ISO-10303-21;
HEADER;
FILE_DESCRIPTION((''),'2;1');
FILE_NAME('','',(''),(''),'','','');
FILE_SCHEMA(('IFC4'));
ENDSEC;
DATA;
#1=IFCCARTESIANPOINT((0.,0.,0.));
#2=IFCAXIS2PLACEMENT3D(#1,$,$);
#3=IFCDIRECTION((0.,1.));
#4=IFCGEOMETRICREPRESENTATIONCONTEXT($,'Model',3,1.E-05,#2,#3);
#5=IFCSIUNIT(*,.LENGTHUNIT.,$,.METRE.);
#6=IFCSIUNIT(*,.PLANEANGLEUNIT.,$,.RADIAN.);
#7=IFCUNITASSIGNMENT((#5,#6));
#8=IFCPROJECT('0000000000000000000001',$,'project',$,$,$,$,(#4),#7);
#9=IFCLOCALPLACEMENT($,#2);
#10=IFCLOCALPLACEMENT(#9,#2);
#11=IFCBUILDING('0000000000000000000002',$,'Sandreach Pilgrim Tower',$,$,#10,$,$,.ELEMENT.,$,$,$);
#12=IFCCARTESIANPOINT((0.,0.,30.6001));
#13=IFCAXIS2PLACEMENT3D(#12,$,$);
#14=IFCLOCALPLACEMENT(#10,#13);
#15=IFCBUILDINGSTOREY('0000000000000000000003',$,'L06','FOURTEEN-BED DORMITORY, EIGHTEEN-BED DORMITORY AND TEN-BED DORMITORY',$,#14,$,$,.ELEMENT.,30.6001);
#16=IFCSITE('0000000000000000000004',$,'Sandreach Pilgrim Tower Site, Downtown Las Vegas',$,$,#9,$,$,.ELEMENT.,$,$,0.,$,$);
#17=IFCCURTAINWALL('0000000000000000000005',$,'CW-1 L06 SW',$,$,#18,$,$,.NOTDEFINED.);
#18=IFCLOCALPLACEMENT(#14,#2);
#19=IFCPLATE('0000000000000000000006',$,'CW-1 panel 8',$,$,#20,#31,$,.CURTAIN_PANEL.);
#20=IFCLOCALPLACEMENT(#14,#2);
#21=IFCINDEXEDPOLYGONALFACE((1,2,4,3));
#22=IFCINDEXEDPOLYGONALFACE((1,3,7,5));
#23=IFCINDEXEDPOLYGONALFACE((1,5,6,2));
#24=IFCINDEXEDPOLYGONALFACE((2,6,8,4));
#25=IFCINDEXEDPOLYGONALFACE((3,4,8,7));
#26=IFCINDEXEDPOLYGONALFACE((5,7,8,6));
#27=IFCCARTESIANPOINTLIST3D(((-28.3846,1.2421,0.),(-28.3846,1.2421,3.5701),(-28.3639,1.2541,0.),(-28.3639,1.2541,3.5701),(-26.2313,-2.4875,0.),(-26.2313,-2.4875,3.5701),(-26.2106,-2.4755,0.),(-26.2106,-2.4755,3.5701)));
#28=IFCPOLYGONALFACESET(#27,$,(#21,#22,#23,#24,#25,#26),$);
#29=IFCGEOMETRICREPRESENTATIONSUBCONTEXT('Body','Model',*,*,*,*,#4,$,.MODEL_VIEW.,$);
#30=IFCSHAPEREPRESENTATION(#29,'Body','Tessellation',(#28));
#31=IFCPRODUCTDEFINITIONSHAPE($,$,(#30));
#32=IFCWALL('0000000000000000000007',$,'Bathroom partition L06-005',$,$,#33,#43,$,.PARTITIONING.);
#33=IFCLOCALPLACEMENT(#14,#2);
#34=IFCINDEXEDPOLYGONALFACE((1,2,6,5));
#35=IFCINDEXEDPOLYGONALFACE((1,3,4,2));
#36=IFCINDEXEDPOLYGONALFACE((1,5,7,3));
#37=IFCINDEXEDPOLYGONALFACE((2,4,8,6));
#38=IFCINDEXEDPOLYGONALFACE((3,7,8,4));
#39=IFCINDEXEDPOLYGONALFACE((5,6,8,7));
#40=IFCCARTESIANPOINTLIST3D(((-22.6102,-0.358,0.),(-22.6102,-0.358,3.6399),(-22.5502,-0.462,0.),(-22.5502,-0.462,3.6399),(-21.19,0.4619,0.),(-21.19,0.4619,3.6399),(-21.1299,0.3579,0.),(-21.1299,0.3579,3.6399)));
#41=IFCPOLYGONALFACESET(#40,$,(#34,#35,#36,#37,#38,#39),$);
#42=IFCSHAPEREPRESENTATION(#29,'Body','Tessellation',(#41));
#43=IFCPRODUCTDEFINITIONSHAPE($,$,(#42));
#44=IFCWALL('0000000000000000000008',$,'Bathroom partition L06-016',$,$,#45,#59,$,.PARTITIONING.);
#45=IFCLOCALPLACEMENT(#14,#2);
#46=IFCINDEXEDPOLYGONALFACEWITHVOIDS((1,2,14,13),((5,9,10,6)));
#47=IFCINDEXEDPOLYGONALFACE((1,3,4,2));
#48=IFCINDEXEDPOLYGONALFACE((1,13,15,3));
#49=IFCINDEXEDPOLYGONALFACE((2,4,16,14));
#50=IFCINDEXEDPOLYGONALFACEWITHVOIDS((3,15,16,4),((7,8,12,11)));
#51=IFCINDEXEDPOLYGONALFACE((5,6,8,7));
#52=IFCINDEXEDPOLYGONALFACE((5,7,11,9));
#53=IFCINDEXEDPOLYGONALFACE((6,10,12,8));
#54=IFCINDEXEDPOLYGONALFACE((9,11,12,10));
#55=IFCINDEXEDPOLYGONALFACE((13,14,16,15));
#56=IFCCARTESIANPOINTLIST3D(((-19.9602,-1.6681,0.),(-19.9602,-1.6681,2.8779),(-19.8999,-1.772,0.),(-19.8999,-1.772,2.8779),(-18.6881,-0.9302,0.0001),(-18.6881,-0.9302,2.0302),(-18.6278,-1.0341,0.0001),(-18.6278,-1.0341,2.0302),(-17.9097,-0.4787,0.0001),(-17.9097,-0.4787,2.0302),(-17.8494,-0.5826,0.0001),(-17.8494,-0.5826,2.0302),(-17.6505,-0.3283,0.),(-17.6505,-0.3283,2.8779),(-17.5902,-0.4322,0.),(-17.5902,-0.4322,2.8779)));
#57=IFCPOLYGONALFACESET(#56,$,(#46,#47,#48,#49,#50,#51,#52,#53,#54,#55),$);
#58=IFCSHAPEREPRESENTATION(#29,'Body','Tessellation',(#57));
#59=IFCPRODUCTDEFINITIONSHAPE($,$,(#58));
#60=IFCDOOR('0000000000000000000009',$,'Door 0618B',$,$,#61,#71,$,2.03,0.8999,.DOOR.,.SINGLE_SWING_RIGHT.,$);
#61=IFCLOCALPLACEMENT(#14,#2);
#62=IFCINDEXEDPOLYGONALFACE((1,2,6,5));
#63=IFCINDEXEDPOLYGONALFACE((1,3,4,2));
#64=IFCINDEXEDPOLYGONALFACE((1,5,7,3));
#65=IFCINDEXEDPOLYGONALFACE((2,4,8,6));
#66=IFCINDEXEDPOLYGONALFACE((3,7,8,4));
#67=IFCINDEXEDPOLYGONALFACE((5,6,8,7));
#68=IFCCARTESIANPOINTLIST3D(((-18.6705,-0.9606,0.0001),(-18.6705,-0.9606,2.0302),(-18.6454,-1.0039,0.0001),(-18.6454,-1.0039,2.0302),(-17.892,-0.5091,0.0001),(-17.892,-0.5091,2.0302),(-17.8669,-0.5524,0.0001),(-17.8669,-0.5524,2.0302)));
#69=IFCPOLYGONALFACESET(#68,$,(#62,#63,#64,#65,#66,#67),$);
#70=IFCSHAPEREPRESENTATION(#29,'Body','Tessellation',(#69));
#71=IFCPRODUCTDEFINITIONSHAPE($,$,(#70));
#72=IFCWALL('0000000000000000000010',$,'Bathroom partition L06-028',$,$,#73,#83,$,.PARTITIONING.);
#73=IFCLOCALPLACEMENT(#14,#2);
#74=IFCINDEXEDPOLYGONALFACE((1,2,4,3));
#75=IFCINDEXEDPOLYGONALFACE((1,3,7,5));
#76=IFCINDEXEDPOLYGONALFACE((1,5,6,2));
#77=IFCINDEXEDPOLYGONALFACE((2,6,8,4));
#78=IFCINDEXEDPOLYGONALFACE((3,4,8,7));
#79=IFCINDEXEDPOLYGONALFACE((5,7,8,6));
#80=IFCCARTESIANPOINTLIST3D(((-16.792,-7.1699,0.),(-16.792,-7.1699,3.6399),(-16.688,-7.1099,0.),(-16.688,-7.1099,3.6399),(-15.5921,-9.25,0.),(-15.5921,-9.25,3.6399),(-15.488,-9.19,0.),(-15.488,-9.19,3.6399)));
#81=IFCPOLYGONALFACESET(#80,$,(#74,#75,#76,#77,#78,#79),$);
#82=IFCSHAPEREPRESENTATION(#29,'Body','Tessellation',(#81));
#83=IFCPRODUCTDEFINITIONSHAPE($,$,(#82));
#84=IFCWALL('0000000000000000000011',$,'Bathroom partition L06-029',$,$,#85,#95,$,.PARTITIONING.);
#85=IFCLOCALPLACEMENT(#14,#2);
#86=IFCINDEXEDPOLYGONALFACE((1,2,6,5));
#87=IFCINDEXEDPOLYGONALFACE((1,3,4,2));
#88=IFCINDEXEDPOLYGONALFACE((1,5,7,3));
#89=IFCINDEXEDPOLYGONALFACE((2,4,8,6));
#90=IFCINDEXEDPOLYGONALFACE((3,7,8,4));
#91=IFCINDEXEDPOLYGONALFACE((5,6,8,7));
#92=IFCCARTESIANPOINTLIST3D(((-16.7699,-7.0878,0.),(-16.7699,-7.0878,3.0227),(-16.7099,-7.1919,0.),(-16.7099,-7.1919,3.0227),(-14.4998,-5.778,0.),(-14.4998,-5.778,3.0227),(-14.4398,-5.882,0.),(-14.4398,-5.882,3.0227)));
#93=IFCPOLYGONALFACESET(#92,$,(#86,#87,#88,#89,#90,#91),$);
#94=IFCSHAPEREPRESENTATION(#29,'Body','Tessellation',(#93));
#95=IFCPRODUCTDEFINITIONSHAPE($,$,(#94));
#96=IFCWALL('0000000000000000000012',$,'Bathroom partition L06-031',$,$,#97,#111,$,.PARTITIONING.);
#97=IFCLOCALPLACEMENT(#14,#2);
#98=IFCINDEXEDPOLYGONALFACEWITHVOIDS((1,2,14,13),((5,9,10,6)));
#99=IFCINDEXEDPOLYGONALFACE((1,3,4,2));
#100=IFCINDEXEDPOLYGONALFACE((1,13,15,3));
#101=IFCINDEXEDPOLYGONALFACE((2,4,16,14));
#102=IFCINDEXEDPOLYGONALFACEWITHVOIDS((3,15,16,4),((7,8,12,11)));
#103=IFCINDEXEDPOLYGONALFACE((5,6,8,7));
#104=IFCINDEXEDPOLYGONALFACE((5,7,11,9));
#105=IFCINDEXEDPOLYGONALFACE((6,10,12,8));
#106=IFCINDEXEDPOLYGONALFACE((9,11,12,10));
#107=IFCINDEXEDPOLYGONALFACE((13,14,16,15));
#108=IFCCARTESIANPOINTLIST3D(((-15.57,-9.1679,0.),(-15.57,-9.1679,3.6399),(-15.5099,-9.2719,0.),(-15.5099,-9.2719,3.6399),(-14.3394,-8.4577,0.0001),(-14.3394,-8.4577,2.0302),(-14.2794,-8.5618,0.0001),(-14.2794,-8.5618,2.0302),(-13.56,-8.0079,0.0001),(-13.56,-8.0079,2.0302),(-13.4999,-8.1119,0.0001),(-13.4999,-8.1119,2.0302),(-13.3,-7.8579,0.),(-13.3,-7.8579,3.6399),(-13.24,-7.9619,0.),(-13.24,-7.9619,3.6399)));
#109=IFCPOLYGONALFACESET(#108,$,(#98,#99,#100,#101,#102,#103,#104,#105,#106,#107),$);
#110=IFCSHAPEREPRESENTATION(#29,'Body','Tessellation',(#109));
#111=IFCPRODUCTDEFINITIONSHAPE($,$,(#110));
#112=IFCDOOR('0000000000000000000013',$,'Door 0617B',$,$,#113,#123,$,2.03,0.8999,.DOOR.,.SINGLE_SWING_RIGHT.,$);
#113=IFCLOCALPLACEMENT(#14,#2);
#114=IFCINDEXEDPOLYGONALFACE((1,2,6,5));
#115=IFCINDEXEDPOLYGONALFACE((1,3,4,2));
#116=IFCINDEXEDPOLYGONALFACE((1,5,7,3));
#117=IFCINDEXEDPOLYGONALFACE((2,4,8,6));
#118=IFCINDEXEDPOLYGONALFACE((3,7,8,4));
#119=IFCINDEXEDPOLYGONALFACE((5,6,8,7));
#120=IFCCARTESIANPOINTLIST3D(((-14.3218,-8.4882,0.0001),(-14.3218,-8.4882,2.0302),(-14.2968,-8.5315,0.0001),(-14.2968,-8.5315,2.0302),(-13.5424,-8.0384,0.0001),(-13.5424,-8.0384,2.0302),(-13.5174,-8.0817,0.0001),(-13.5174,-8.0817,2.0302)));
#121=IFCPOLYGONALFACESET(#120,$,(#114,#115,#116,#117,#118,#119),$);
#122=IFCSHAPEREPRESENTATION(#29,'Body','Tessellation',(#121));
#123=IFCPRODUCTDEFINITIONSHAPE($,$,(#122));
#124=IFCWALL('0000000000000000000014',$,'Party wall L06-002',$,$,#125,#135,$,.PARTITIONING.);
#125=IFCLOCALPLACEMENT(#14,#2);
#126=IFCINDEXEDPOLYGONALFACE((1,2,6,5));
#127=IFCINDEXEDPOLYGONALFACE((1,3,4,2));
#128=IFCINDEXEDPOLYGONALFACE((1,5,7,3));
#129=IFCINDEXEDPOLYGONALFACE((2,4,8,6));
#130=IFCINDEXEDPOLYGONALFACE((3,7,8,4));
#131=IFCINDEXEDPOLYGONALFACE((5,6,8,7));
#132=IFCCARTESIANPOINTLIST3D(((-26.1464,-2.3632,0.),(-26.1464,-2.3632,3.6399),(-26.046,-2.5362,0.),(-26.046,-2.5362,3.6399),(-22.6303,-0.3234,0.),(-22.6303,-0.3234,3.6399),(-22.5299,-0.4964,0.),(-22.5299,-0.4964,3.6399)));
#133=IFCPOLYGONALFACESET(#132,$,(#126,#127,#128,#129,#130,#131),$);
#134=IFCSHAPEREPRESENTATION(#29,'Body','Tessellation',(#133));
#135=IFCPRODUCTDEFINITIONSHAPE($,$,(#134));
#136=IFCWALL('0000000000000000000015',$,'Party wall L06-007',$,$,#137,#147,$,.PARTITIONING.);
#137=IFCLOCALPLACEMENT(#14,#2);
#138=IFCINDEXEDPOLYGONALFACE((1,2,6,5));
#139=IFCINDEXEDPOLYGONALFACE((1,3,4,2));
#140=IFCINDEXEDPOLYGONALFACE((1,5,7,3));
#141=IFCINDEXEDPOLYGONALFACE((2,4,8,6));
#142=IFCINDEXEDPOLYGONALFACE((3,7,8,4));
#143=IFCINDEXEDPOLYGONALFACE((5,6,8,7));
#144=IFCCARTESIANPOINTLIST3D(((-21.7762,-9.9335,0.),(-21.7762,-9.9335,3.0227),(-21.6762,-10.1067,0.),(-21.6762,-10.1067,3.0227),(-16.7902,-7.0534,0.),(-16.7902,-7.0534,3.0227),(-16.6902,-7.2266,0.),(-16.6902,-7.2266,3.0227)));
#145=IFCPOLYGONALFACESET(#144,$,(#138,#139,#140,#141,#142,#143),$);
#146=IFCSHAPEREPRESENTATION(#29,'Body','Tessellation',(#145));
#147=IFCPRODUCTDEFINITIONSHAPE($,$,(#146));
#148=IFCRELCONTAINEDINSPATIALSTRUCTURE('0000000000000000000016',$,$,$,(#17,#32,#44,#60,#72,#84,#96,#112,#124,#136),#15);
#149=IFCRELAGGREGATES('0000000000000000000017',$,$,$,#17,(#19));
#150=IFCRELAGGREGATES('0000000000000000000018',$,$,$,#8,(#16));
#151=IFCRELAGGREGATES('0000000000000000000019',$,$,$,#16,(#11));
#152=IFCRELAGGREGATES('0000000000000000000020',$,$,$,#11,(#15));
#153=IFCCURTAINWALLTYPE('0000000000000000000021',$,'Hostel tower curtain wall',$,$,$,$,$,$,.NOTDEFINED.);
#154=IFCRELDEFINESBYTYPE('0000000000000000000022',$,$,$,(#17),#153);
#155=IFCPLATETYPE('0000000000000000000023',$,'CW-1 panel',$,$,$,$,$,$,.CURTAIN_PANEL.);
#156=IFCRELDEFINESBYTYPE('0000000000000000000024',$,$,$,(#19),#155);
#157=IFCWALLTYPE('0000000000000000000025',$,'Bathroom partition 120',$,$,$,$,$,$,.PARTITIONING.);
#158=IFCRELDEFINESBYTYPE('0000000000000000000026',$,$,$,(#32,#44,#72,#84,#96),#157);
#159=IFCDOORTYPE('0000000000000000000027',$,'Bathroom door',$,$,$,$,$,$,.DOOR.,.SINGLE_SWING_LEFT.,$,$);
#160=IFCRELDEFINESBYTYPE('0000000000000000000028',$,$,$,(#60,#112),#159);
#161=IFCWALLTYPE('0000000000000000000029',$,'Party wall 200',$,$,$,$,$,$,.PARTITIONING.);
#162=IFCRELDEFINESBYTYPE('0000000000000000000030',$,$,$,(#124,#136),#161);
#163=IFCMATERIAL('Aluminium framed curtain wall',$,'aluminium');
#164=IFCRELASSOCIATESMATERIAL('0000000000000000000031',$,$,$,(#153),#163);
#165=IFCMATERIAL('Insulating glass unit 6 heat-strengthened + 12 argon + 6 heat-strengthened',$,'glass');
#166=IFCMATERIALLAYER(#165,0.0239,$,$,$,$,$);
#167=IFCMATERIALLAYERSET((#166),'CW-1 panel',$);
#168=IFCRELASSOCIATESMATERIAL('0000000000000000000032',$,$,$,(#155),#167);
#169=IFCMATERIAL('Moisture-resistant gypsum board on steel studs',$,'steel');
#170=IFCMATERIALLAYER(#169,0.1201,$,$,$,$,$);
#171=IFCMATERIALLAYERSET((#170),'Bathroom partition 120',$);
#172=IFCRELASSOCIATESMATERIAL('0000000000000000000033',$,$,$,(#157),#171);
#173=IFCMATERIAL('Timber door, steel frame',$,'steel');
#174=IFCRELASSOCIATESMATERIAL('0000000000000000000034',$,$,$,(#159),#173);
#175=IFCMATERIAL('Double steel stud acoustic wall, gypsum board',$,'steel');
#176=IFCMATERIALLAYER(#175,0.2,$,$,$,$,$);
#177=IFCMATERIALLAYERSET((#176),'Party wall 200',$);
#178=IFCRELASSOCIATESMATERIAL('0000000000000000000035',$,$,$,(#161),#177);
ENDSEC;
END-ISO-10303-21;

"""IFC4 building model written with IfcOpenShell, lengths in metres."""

from ifc_helpers import new_model, si_unit, direction, frame, frame_2d, origin, origin_2d, place, context, subcontext, project, spatial, rectangle, extrude, material, layer, layer_set, type_object, element, fill, aggregate, save


model = new_model("IFC4")

# Units and contexts
model_context = context("Model", 3, precision=1e-05, world=origin(), true_north=direction((0.0, 1.0)))
body_context = subcontext(model_context, "Body", "Model", "MODEL_VIEW")
ifc_project = project(units=[si_unit("LENGTHUNIT", "METRE"), si_unit("PLANEANGLEUNIT", "RADIAN")], contexts=[model_context])

# Site, building, storey
site_placement = place(None, origin())
site = spatial("IfcSite", under=ifc_project, at=site_placement, Name="Sandreach Pilgrim Tower Site, Downtown Las Vegas", CompositionType="ELEMENT", RefElevation=0.0)
building_placement = place(site_placement, origin())
building = spatial("IfcBuilding", under=site, at=building_placement, Name="Sandreach Pilgrim Tower", CompositionType="ELEMENT")
storey_placement = place(building_placement, frame((0.0, 0.0, 30.6001)))
storey = spatial("IfcBuildingStorey", under=building, at=storey_placement, Name="L06", Description="FOURTEEN-BED DORMITORY, EIGHTEEN-BED DORMITORY AND TEN-BED DORMITORY", CompositionType="ELEMENT", Elevation=30.6001)

# Curtain wall
ifc_material_1 = material(Name="Aluminium framed curtain wall", Category="aluminium")
curtain_wall_type = type_object("IfcCurtainWallType", Name="Hostel tower curtain wall", PredefinedType="NOTDEFINED", material=ifc_material_1)
curtain_wall_placement = place(storey_placement, origin())
curtain_wall = element("IfcCurtainWall", 1, at=curtain_wall_placement, inside=storey, type_object=curtain_wall_type, Name="CW-1 L06 SW", PredefinedType="NOTDEFINED")

# Plate
ifc_material_2 = material(Name="Insulating glass unit 6 heat-strengthened + 12 argon + 6 heat-strengthened", Category="glass")
ifc_layer_1 = layer(ifc_material_2, 0.0239)
ifc_layer_set_1 = layer_set([ifc_layer_1], Name="CW-1 panel")
plate_type = type_object("IfcPlateType", Name="CW-1 panel", PredefinedType="CURTAIN_PANEL", material=ifc_layer_set_1)
plate_1_placement = place(storey_placement, frame((-27.2976, -0.6167, 0.0), z_axis=(0.0, 0.0, 1.0), x_axis=(-0.5, 0.866025, 0.0)))
plate_1 = element("IfcPlate", 2, at=plate_1_placement, type_object=plate_type, Name="CW-1 panel 8", PredefinedType="CURTAIN_PANEL", context=body_context, shape_type="SweptSolid", body=[
    extrude(rectangle(XDim=4.3066, YDim=0.0239, at=origin_2d()), origin(), (0.0, 0.0, 1.0), 3.5701),
])
aggregate(curtain_wall, [plate_1])

# Wall
ifc_material_3 = material(Name="Moisture-resistant gypsum board on steel studs", Category="steel")
ifc_layer_2 = layer(ifc_material_3, 0.1201)
ifc_layer_set_2 = layer_set([ifc_layer_2], Name="Bathroom partition 120")
wall_type_1 = type_object("IfcWallType", Name="Bathroom partition 120", PredefinedType="PARTITIONING", material=ifc_layer_set_2)
wall_1_placement = place(storey_placement, frame((-22.5801, -0.4099, 0.0), z_axis=(0.0, 0.0, 1.0), x_axis=(0.866054, 0.49995, 0.0)))
element("IfcWall", 3, at=wall_1_placement, inside=storey, type_object=wall_type_1, Name="Bathroom partition L06-005", PredefinedType="PARTITIONING", context=body_context, shape_type="SweptSolid", body=[
    extrude(rectangle(XDim=1.6399, YDim=0.1201, at=frame_2d((0.8198, 0.0))), origin(), (0.0, 0.0, 1.0), 3.6399),
])

# Wall, opening, door
wall_2_placement = place(storey_placement, frame((-19.9299, -1.72, 0.0), z_axis=(0.0, 0.0, 1.0), x_axis=(0.865007, 0.501761, 0.0)))
wall_2 = element("IfcWall", 4, at=wall_2_placement, inside=storey, type_object=wall_type_1, Name="Bathroom partition L06-016", PredefinedType="PARTITIONING", context=body_context, shape_type="SweptSolid", body=[
    extrude(rectangle(XDim=2.6702, YDim=0.1201, at=frame_2d((1.335, 0.0))), origin(), (0.0, 0.0, 1.0), 2.8779),
])
opening_1_placement = place(wall_2_placement, frame((1.4705, 0.0, 0.0)))
opening_1 = element("IfcOpeningElement", 5, at=opening_1_placement, cuts=wall_2, PredefinedType="OPENING", context=body_context, shape_type="SweptSolid", body=[
    extrude(rectangle(XDim=0.8999, YDim=2.03, at=frame_2d((0.45, 1.0151))), frame((0.0, 0.0601, 0.0), z_axis=(0.0, -1.0, 0.0), x_axis=(1.0, 0.0, 0.0)), (0.0, 0.0, 1.0), 0.1201),
])
ifc_material_4 = material(Name="Timber door, steel frame", Category="steel")
door_type_1 = type_object("IfcDoorType", Name="Bathroom door", OperationType="SINGLE_SWING_LEFT", PredefinedType="DOOR", material=ifc_material_4)
door_1_placement = place(opening_1_placement, origin())
door_1 = element("IfcDoor", 6, at=door_1_placement, inside=storey, type_object=door_type_1, Name="Door 0618B", OperationType="SINGLE_SWING_RIGHT", OverallHeight=2.03, OverallWidth=0.8999, PredefinedType="DOOR", context=body_context, shape_type="SweptSolid", body=[
    extrude(rectangle(XDim=0.8999, YDim=2.03, at=frame_2d((0.45, 1.0151))), frame((0.0, 0.0249, 0.0), z_axis=(0.0, -1.0, 0.0), x_axis=(1.0, 0.0, 0.0)), (0.0, 0.0, 1.0), 0.05),
])
fill(opening_1, door_1)

# Walls
wall_3_placement = place(storey_placement, frame((-16.74, -7.1399, 0.0), z_axis=(0.0, 0.0, 1.0), x_axis=(0.499693, -0.866203, 0.0)))
element("IfcWall", 7, at=wall_3_placement, inside=storey, type_object=wall_type_1, Name="Bathroom partition L06-028", PredefinedType="PARTITIONING", context=body_context, shape_type="SweptSolid", body=[
    extrude(rectangle(XDim=2.4014, YDim=0.1201, at=frame_2d((1.2007, 0.0))), origin(), (0.0, 0.0, 1.0), 3.6399),
])
wall_4_placement = place(storey_placement, frame((-16.74, -7.1399, 0.0), z_axis=(0.0, 0.0, 1.0), x_axis=(0.866155, 0.499776, 0.0)))
element("IfcWall", 8, at=wall_4_placement, inside=storey, type_object=wall_type_1, Name="Bathroom partition L06-029", PredefinedType="PARTITIONING", context=body_context, shape_type="SweptSolid", body=[
    extrude(rectangle(XDim=2.6208, YDim=0.1201, at=frame_2d((1.3105, 0.0))), origin(), (0.0, 0.0, 1.0), 3.0227),
])

# Wall, opening, door
wall_5_placement = place(storey_placement, frame((-15.54, -9.22, 0.0), z_axis=(0.0, 0.0, 1.0), x_axis=(0.866114, 0.499846, 0.0)))
wall_5 = element("IfcWall", 9, at=wall_5_placement, inside=storey, type_object=wall_type_1, Name="Bathroom partition L06-031", PredefinedType="PARTITIONING", context=body_context, shape_type="SweptSolid", body=[
    extrude(rectangle(XDim=2.6208, YDim=0.1201, at=frame_2d((1.3105, 0.0))), origin(), (0.0, 0.0, 1.0), 3.6399),
])
opening_2_placement = place(wall_5_placement, frame((1.4209, 0.0, 0.0)))
opening_2 = element("IfcOpeningElement", 10, at=opening_2_placement, cuts=wall_5, PredefinedType="OPENING", context=body_context, shape_type="SweptSolid", body=[
    extrude(rectangle(XDim=0.8999, YDim=2.03, at=frame_2d((0.45, 1.0151))), frame((0.0, 0.0601, 0.0), z_axis=(0.0, -1.0, 0.0), x_axis=(1.0, 0.0, 0.0)), (0.0, 0.0, 1.0), 0.1201),
])
door_2_placement = place(opening_2_placement, origin())
door_2 = element("IfcDoor", 11, at=door_2_placement, inside=storey, type_object=door_type_1, Name="Door 0617B", OperationType="SINGLE_SWING_RIGHT", OverallHeight=2.03, OverallWidth=0.8999, PredefinedType="DOOR", context=body_context, shape_type="SweptSolid", body=[
    extrude(rectangle(XDim=0.8999, YDim=2.03, at=frame_2d((0.45, 1.0151))), frame((0.0, 0.0249, 0.0), z_axis=(0.0, -1.0, 0.0), x_axis=(1.0, 0.0, 0.0)), (0.0, 0.0, 1.0), 0.05),
])
fill(opening_2, door_2)

# Walls
ifc_material_5 = material(Name="Double steel stud acoustic wall, gypsum board", Category="steel")
ifc_layer_3 = layer(ifc_material_5, 0.2)
ifc_layer_set_3 = layer_set([ifc_layer_3], Name="Party wall 200")
wall_type_2 = type_object("IfcWallType", Name="Party wall 200", PredefinedType="PARTITIONING", material=ifc_layer_set_3)
wall_6_placement = place(storey_placement, frame((-26.0962, -2.4497, 0.0), z_axis=(0.0, 0.0, 1.0), x_axis=(0.864983, 0.501801, 0.0)))
element("IfcWall", 12, at=wall_6_placement, inside=storey, type_object=wall_type_2, Name="Party wall L06-002", PredefinedType="PARTITIONING", context=body_context, shape_type="SweptSolid", body=[
    extrude(rectangle(XDim=4.0649, YDim=0.2, at=frame_2d((2.0325, 0.0))), origin(), (0.0, 0.0, 1.0), 3.6399),
])
wall_7_placement = place(storey_placement, frame((-21.7261, -10.02, 0.0), z_axis=(0.0, 0.0, 1.0), x_axis=(0.865919, 0.500184, 0.0)))
element("IfcWall", 13, at=wall_7_placement, inside=storey, type_object=wall_type_2, Name="Party wall L06-007", PredefinedType="PARTITIONING", context=body_context, shape_type="SweptSolid", body=[
    extrude(rectangle(XDim=5.7581, YDim=0.2, at=frame_2d((2.8789, 0.0))), origin(), (0.0, 0.0, 1.0), 3.0227),
])

save(model, "model.ifc")
